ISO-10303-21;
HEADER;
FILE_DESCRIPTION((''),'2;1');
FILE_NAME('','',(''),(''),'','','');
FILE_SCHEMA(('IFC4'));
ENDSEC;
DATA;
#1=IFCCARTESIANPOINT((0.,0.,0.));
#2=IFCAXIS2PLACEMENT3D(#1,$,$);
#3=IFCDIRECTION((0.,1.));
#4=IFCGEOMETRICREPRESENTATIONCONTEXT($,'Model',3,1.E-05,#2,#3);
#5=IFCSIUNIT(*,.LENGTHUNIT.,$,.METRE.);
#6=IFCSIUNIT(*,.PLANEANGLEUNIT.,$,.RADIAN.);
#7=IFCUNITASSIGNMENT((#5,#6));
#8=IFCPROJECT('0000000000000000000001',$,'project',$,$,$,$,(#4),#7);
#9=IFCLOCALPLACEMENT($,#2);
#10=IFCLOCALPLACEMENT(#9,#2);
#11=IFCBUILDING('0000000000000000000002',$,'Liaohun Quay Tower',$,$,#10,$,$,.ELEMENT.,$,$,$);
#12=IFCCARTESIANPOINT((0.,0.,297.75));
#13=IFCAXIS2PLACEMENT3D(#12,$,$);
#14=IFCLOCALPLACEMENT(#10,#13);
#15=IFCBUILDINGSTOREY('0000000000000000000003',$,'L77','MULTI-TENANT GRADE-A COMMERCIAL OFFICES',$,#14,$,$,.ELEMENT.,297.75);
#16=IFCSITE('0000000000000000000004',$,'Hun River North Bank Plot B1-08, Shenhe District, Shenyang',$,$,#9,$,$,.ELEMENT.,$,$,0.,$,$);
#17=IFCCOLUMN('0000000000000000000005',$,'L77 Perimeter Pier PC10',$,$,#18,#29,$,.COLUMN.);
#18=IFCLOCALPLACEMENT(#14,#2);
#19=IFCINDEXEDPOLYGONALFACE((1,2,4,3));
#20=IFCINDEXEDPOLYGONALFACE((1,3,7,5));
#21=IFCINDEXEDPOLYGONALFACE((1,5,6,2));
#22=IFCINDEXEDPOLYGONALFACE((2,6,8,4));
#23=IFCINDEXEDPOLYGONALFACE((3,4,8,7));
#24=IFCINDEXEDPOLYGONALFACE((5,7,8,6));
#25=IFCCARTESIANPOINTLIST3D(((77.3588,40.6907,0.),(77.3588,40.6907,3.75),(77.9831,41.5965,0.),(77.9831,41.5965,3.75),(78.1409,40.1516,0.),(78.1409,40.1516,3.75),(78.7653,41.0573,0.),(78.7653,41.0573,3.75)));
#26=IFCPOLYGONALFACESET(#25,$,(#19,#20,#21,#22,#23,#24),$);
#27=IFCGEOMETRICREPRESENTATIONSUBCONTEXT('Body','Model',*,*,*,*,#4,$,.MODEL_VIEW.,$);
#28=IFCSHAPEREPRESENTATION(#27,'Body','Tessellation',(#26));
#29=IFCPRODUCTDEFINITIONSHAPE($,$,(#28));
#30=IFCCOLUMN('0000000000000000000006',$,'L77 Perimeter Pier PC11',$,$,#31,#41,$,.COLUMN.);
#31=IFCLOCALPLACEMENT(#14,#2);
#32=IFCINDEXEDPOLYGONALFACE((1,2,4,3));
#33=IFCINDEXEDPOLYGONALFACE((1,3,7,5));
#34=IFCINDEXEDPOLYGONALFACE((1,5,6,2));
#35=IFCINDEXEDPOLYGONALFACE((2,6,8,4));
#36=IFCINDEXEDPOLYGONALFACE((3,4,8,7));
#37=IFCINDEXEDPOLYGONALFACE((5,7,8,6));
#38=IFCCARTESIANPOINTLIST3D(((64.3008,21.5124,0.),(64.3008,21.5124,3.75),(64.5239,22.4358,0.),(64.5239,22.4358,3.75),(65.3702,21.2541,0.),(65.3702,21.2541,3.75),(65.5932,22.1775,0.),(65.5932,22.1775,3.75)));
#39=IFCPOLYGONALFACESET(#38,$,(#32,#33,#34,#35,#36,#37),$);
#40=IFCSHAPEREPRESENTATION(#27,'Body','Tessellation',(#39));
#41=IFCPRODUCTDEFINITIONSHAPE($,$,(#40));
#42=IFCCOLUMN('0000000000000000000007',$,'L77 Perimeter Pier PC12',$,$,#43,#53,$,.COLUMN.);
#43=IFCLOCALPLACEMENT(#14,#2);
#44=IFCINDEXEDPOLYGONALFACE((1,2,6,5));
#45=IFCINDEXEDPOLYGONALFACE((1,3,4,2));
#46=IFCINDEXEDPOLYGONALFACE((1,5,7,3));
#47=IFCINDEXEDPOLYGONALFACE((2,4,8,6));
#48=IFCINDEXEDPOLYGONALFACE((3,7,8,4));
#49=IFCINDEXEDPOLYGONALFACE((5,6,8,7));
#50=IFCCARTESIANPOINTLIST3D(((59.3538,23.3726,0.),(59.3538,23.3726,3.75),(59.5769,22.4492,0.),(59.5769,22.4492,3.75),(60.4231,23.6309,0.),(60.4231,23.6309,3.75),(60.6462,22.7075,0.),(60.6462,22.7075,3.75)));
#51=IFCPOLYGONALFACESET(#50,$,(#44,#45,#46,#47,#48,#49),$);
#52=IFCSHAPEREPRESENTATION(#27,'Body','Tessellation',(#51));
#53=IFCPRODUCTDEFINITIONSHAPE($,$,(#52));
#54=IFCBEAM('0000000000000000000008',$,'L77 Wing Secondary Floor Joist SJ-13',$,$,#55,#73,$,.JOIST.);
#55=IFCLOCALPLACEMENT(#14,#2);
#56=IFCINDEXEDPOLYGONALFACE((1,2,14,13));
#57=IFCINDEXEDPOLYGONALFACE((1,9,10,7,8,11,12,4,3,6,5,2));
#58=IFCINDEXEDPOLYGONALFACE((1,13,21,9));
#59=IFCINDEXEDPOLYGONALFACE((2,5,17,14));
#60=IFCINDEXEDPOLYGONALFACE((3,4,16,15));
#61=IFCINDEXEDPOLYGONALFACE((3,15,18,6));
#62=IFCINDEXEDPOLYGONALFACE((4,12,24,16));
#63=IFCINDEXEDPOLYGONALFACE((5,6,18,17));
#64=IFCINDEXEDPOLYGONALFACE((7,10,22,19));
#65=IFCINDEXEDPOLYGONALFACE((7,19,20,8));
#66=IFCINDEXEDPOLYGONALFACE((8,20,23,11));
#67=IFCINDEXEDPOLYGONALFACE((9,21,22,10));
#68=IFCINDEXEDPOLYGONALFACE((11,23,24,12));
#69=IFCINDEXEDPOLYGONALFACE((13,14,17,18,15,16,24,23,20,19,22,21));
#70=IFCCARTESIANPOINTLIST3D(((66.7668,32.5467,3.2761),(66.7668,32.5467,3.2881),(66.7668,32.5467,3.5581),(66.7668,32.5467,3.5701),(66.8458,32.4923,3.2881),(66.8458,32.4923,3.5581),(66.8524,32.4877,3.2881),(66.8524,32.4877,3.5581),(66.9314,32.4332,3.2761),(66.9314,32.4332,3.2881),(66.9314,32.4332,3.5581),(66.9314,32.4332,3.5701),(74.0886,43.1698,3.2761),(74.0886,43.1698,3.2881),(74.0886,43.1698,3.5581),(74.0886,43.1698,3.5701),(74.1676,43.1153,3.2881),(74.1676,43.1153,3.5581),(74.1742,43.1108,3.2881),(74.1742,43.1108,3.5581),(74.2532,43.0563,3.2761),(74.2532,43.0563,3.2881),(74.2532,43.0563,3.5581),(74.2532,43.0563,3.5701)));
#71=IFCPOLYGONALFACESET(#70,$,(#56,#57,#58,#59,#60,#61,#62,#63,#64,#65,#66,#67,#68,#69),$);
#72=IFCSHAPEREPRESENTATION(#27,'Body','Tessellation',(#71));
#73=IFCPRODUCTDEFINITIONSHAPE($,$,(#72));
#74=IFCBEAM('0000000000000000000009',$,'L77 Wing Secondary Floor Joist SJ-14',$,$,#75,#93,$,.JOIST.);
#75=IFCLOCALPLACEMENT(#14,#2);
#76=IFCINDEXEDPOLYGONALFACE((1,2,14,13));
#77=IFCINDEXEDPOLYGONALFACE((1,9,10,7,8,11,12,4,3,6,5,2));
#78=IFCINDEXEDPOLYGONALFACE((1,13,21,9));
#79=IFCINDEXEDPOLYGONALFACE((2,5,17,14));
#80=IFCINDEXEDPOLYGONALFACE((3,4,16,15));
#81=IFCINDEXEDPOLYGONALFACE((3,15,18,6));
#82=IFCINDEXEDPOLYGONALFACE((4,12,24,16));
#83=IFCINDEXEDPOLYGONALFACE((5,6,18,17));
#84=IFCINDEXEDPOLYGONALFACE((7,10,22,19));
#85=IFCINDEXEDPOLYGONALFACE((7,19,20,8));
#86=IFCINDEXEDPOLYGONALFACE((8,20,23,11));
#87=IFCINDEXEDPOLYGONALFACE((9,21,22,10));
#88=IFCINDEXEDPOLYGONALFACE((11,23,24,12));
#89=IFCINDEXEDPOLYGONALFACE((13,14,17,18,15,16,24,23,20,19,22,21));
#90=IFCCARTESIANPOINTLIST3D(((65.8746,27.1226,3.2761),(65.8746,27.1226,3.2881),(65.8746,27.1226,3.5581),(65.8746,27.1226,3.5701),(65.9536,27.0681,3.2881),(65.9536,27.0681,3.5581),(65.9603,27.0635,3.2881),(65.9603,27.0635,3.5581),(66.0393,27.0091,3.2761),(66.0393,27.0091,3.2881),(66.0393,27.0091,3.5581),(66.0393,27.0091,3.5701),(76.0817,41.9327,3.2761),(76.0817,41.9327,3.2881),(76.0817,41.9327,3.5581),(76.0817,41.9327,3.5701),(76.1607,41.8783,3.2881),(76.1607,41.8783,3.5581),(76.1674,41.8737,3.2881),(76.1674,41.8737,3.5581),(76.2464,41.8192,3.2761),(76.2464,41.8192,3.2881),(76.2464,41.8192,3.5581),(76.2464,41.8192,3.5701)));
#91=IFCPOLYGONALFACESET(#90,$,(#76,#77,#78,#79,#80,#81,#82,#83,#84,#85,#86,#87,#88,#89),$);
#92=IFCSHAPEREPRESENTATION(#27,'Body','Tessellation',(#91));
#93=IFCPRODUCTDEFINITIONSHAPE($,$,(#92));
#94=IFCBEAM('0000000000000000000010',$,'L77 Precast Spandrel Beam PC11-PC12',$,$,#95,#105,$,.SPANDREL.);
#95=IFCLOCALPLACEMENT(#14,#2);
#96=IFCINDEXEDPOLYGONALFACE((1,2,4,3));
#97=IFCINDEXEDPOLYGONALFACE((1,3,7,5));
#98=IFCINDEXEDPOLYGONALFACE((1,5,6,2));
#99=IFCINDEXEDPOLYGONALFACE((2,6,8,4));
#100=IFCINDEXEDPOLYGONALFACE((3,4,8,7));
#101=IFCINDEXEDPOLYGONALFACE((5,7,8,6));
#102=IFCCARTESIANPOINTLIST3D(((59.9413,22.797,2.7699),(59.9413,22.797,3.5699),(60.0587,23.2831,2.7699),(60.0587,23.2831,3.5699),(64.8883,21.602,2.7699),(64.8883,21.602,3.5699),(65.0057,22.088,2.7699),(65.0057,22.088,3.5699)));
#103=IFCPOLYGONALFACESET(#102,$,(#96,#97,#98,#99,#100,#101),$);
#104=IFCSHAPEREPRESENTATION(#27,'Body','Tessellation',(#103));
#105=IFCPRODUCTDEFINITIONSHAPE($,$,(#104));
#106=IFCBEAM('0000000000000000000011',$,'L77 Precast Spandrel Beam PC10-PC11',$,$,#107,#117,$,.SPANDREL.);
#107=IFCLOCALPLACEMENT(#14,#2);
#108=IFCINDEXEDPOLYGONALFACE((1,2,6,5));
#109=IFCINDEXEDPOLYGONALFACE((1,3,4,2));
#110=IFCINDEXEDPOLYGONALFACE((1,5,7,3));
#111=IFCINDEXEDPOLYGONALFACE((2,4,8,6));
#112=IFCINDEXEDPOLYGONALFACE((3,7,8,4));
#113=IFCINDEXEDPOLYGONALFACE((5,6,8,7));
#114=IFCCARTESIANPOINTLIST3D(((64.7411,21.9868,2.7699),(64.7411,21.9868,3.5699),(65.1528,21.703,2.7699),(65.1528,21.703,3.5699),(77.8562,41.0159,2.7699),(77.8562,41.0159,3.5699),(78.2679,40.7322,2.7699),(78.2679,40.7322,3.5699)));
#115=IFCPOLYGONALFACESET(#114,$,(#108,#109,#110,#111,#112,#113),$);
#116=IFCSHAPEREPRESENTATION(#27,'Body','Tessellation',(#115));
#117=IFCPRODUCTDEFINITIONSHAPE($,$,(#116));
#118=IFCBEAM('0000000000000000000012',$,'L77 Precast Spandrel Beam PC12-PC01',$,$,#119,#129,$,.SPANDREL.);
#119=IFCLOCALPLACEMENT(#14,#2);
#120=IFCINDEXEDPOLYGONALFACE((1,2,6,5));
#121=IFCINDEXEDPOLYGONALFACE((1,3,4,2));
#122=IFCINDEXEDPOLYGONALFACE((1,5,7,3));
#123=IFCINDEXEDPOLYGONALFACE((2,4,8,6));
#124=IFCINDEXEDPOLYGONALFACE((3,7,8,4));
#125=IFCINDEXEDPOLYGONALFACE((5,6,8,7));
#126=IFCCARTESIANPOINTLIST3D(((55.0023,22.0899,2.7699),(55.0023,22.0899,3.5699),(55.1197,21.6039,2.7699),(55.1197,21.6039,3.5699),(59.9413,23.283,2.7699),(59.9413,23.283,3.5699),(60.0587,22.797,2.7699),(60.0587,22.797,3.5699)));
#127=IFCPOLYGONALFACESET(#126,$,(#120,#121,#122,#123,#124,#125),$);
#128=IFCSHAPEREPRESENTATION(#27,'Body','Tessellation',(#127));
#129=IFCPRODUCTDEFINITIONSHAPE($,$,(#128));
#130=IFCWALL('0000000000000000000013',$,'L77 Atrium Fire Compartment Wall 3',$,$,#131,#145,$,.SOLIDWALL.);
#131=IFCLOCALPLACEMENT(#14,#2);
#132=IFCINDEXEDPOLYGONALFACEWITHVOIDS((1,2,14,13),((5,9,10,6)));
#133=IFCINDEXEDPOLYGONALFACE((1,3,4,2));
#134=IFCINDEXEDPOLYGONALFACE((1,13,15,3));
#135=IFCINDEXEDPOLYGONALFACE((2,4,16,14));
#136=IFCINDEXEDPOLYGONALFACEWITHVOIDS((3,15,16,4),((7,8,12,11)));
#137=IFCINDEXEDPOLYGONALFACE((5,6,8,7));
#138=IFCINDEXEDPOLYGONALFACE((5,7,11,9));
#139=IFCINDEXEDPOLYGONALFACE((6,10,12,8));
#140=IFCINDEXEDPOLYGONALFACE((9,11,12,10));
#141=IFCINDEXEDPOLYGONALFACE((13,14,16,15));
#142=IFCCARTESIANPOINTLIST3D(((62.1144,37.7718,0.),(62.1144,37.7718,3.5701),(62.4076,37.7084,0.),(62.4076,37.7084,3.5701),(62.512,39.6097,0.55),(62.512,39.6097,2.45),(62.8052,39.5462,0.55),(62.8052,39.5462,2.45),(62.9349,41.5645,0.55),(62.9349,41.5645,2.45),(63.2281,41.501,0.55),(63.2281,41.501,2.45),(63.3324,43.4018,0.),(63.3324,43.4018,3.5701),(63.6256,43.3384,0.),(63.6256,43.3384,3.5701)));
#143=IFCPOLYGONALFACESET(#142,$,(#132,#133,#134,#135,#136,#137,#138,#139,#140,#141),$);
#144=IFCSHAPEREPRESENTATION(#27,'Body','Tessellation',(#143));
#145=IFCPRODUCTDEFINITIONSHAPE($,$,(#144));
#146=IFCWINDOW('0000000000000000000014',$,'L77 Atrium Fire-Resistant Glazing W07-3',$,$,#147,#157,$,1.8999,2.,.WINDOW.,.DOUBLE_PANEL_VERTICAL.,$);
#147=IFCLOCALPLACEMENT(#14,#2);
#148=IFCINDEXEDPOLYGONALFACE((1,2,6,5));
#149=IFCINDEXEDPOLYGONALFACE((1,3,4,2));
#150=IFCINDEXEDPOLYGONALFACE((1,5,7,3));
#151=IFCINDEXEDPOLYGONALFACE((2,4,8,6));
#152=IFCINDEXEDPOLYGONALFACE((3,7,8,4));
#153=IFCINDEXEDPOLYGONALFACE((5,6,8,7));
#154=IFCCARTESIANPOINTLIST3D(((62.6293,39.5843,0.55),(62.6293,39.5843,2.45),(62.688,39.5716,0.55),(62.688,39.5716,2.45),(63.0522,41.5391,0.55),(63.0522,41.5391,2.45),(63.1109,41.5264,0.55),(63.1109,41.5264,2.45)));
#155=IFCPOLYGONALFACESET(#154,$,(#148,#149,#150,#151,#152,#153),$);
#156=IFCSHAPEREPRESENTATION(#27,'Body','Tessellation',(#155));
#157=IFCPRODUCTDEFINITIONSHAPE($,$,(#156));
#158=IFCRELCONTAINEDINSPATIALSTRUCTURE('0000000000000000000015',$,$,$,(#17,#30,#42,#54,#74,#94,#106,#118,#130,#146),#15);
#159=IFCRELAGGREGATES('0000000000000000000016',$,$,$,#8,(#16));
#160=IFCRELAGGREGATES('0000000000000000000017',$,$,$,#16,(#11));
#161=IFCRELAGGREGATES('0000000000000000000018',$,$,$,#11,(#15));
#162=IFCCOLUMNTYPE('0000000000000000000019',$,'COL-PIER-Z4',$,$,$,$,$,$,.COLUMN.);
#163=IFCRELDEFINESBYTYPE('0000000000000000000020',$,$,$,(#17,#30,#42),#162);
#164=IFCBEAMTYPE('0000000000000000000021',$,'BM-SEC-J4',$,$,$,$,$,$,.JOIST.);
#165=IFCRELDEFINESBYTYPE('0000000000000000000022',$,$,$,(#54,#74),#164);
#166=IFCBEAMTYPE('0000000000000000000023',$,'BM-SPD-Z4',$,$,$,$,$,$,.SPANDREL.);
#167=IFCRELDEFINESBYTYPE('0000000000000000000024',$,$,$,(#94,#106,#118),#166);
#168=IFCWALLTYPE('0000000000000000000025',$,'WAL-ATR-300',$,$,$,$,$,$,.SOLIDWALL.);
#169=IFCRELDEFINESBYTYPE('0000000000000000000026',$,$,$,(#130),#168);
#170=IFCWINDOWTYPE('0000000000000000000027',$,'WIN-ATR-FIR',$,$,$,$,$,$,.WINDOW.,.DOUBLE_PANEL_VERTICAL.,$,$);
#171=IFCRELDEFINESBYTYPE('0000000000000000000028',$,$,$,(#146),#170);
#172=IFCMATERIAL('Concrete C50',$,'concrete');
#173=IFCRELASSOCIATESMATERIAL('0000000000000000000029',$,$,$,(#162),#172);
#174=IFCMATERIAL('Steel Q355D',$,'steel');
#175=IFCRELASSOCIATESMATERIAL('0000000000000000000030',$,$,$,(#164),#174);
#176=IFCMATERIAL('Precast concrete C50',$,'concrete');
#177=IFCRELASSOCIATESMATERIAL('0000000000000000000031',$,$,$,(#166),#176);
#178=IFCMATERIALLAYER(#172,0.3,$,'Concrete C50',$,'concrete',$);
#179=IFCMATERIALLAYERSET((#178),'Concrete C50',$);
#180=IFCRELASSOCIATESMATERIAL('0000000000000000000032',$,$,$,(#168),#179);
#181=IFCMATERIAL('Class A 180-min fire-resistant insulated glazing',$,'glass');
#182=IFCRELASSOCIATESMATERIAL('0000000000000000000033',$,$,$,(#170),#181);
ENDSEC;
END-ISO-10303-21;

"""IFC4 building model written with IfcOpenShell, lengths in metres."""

from ifc_helpers import new_model, si_unit, direction, frame, frame_2d, origin, origin_2d, place, context, subcontext, project, spatial, rectangle, i_section, extrude, source, transform, mapped, material, layer, layer_set, material_profile, profile_set, type_object, element, fill, save


model = new_model("IFC4")

# Units and contexts
model_context = context("Model", 3, precision=1e-05, world=origin(), true_north=direction((0.0, 1.0)))
body_context = subcontext(model_context, "Body", "Model", "MODEL_VIEW")
ifc_project = project(units=[si_unit("LENGTHUNIT", "METRE"), si_unit("PLANEANGLEUNIT", "RADIAN")], contexts=[model_context])

# Site, building, storey
site_placement = place(None, origin())
site = spatial("IfcSite", under=ifc_project, at=site_placement, Name="Hun River North Bank Plot B1-08, Shenhe District, Shenyang", CompositionType="ELEMENT", RefElevation=0.0)
building_placement = place(site_placement, origin())
building = spatial("IfcBuilding", under=site, at=building_placement, Name="Liaohun Quay Tower", CompositionType="ELEMENT")
storey_placement = place(building_placement, frame((0.0, 0.0, 297.75)))
storey = spatial("IfcBuildingStorey", under=building, at=storey_placement, Name="L77", Description="MULTI-TENANT GRADE-A COMMERCIAL OFFICES", CompositionType="ELEMENT", Elevation=297.75)

# Columns
ifc_material_1 = material(Name="Concrete C50", Category="concrete")
ifc_material_profile_1 = material_profile(ifc_material_1, rectangle(XDim=1.1001, YDim=0.95, at=origin_2d()), Name="RC1100x950")
ifc_profile_set_1 = profile_set([ifc_material_profile_1], Name="Concrete C50")
column_type = type_object("IfcColumnType", Name="COL-PIER-Z4", PredefinedType="COLUMN", material=ifc_profile_set_1)
shared_shape_1 = source(origin(), body_context, "Body", "SweptSolid", [
    extrude(rectangle(XDim=1.1001, YDim=0.95, at=origin_2d()), origin(), (0.0, 0.0, 1.0), 3.75),
])
for number, where, z_axis, x_axis, name in (
    (1, (78.062, 40.874, 0.0), (0.0, 0.0, 1.0), (0.567556, 0.823335, 0.0), "L77 Perimeter Pier PC10"),
    (2, (64.947, 21.845, 0.0), (0.0, 0.0, 1.0), (-0.972043, 0.234803, 0.0), "L77 Perimeter Pier PC11"),
    (3, (60.0, 23.04, 0.0), (0.0, 0.0, 1.0), (0.972043, 0.234803, 0.0), "L77 Perimeter Pier PC12"),
):
    element("IfcColumn", number, at=place(storey_placement, frame(where, z_axis=z_axis, x_axis=x_axis)), inside=storey, type_object=column_type, Name=name, PredefinedType="COLUMN", context=body_context, shape_type="MappedRepresentation", body=[
        mapped(shared_shape_1, transform((0.0, 0.0, 0.0), x_axis=(1.0, 0.0, 0.0), y_axis=(0.0, 1.0, 0.0), z_axis=(0.0, 0.0, 1.0), scale=1.0)),
    ])

# Beams
ifc_material_2 = material(Name="Steel Q355D", Category="steel")
ifc_material_profile_2 = material_profile(ifc_material_2, i_section(OverallWidth=0.2, OverallDepth=0.2939, WebThickness=0.0081, FlangeThickness=0.012, at=origin_2d()), Name="HM294x200x8x12")
ifc_profile_set_2 = profile_set([ifc_material_profile_2], Name="Steel Q355D")
beam_type_1 = type_object("IfcBeamType", Name="BM-SEC-J4", PredefinedType="JOIST", material=ifc_profile_set_2)
shared_shape_2 = source(origin(), body_context, "Body", "SweptSolid", [
    extrude(i_section(OverallWidth=0.2, OverallDepth=0.2939, WebThickness=0.0081, FlangeThickness=0.012, at=origin_2d()), origin(), (0.0, 0.0, 1.0), 12.9019),
])
beam_1_placement = place(storey_placement, frame((74.1709, 43.113, 3.4231), z_axis=(-0.567499, -0.823374, 0.0), x_axis=(0.823374, -0.567499, 0.0)))
element("IfcBeam", 4, at=beam_1_placement, inside=storey, type_object=beam_type_1, Name="L77 Wing Secondary Floor Joist SJ-13", PredefinedType="JOIST", context=body_context, shape_type="MappedRepresentation", body=[
    mapped(shared_shape_2, transform((0.0, 0.0, 0.0), x_axis=(1.0, 0.0, 0.0), y_axis=(0.0, 1.0, 0.0), z_axis=(0.0, 0.0, 1.0), scale=1.0)),
])
shared_shape_3 = source(origin(), body_context, "Body", "SweptSolid", [
    extrude(i_section(OverallWidth=0.2, OverallDepth=0.2939, WebThickness=0.0081, FlangeThickness=0.012, at=origin_2d()), origin(), (0.0, 0.0, 1.0), 17.9868),
])
beam_2_placement = place(storey_placement, frame((76.1641, 41.876, 3.4231), z_axis=(-0.567477, -0.823389, 0.0), x_axis=(0.823389, -0.567477, 0.0)))
element("IfcBeam", 5, at=beam_2_placement, inside=storey, type_object=beam_type_1, Name="L77 Wing Secondary Floor Joist SJ-14", PredefinedType="JOIST", context=body_context, shape_type="MappedRepresentation", body=[
    mapped(shared_shape_3, transform((0.0, 0.0, 0.0), x_axis=(1.0, 0.0, 0.0), y_axis=(0.0, 1.0, 0.0), z_axis=(0.0, 0.0, 1.0), scale=1.0)),
])
ifc_material_3 = material(Name="Precast concrete C50", Category="concrete")
ifc_material_profile_3 = material_profile(ifc_material_3, rectangle(XDim=0.5, YDim=0.8, at=origin_2d()), Name="RC500x800")
ifc_profile_set_3 = profile_set([ifc_material_profile_3], Name="Precast concrete C50")
beam_type_2 = type_object("IfcBeamType", Name="BM-SPD-Z4", PredefinedType="SPANDREL", material=ifc_profile_set_3)
shared_shape_4 = source(origin(), body_context, "Body", "SweptSolid", [
    extrude(rectangle(XDim=0.5, YDim=0.8, at=origin_2d()), origin(), (0.0, 0.0, 1.0), 5.0894),
])
beam_3_placement = place(storey_placement, frame((64.947, 21.845, 3.1699), z_axis=(-0.972039, 0.234819, 0.0), x_axis=(-0.234819, -0.972039, 0.0)))
element("IfcBeam", 6, at=beam_3_placement, inside=storey, type_object=beam_type_2, Name="L77 Precast Spandrel Beam PC11-PC12", PredefinedType="SPANDREL", context=body_context, shape_type="MappedRepresentation", body=[
    mapped(shared_shape_4, transform((0.0, 0.0, 0.0), x_axis=(1.0, 0.0, 0.0), y_axis=(0.0, 1.0, 0.0), z_axis=(0.0, 0.0, 1.0), scale=1.0)),
])
shared_shape_5 = source(origin(), body_context, "Body", "SweptSolid", [
    extrude(rectangle(XDim=0.5, YDim=0.8, at=origin_2d()), origin(), (0.0, 0.0, 1.0), 23.1108),
])
beam_4_placement = place(storey_placement, frame((78.062, 40.874, 3.1699), z_axis=(-0.567484, -0.823385, 0.0), x_axis=(0.823385, -0.567484, 0.0)))
element("IfcBeam", 7, at=beam_4_placement, inside=storey, type_object=beam_type_2, Name="L77 Precast Spandrel Beam PC10-PC11", PredefinedType="SPANDREL", context=body_context, shape_type="MappedRepresentation", body=[
    mapped(shared_shape_5, transform((0.0, 0.0, 0.0), x_axis=(1.0, 0.0, 0.0), y_axis=(0.0, 1.0, 0.0), z_axis=(0.0, 0.0, 1.0), scale=1.0)),
])
shared_shape_6 = source(origin(), body_context, "Body", "SweptSolid", [
    extrude(rectangle(XDim=0.5, YDim=0.8, at=origin_2d()), origin(), (0.0, 0.0, 1.0), 5.0811),
])
beam_5_placement = place(storey_placement, frame((60.0, 23.04, 3.1699), z_axis=(-0.972039, -0.234817, 0.0), x_axis=(0.234817, -0.972039, 0.0)))
element("IfcBeam", 8, at=beam_5_placement, inside=storey, type_object=beam_type_2, Name="L77 Precast Spandrel Beam PC12-PC01", PredefinedType="SPANDREL", context=body_context, shape_type="MappedRepresentation", body=[
    mapped(shared_shape_6, transform((0.0, 0.0, 0.0), x_axis=(1.0, 0.0, 0.0), y_axis=(0.0, 1.0, 0.0), z_axis=(0.0, 0.0, 1.0), scale=1.0)),
])

# Wall, opening, window
ifc_layer_1 = layer(ifc_material_1, 0.3, Name="Concrete C50", Category="concrete")
ifc_layer_set_1 = layer_set([ifc_layer_1], Name="Concrete C50")
wall_type_1 = type_object("IfcWallType", Name="WAL-ATR-300", PredefinedType="SOLIDWALL", material=ifc_layer_set_1)
wall_1_placement = place(storey_placement, frame((63.479, 43.3701, 0.0), z_axis=(0.0, 0.0, 1.0), x_axis=(-0.211448, -0.977389, 0.0)))
wall_1 = element("IfcWall", 9, at=wall_1_placement, inside=storey, type_object=wall_type_1, Name="L77 Atrium Fire Compartment Wall 3", PredefinedType="SOLIDWALL", context=body_context, shape_type="SweptSolid", body=[
    extrude(rectangle(XDim=5.7603, YDim=0.3, at=frame_2d((2.8801, 0.0))), origin(), (0.0, 0.0, 1.0), 3.5701),
])
shared_shape_7 = source(origin(), body_context, "Body", "SweptSolid", [
    extrude(rectangle(XDim=2.0, YDim=1.8999, at=frame_2d((1.0, 0.95))), frame((0.0, 0.1599, 0.0), z_axis=(0.0, -1.0, 0.0), x_axis=(1.0, 0.0, 0.0)), (0.0, 0.0, 1.0), 0.3201),
])
opening_1_placement = place(wall_1_placement, frame((1.8799, 0.0, 0.55)))
opening_1 = element("IfcOpeningElement", 10, at=opening_1_placement, cuts=wall_1, PredefinedType="OPENING", context=body_context, shape_type="MappedRepresentation", body=[
    mapped(shared_shape_7, transform((0.0, 0.0, 0.0), x_axis=(1.0, 0.0, 0.0), y_axis=(0.0, 1.0, 0.0), z_axis=(0.0, 0.0, 1.0), scale=1.0)),
])
ifc_material_4 = material(Name="Class A 180-min fire-resistant insulated glazing", Category="glass")
window_type_1 = type_object("IfcWindowType", Name="WIN-ATR-FIR", PartitioningType="DOUBLE_PANEL_VERTICAL", PredefinedType="WINDOW", material=ifc_material_4)
shared_shape_8 = source(origin(), body_context, "Body", "SweptSolid", [
    extrude(rectangle(XDim=2.0, YDim=1.8999, at=frame_2d((1.0, 0.95))), frame((0.0, 0.03, 0.0), z_axis=(0.0, -1.0, 0.0), x_axis=(1.0, 0.0, 0.0)), (0.0, 0.0, 1.0), 0.0601),
])
window_1_placement = place(opening_1_placement, origin())
window_1 = element("IfcWindow", 11, at=window_1_placement, inside=storey, type_object=window_type_1, Name="L77 Atrium Fire-Resistant Glazing W07-3", OverallHeight=1.8999, OverallWidth=2.0, PartitioningType="DOUBLE_PANEL_VERTICAL", PredefinedType="WINDOW", context=body_context, shape_type="MappedRepresentation", body=[
    mapped(shared_shape_8, transform((0.0, 0.0, 0.0), x_axis=(1.0, 0.0, 0.0), y_axis=(0.0, 1.0, 0.0), z_axis=(0.0, 0.0, 1.0), scale=1.0)),
])
fill(opening_1, window_1)

save(model, "model.ifc")
